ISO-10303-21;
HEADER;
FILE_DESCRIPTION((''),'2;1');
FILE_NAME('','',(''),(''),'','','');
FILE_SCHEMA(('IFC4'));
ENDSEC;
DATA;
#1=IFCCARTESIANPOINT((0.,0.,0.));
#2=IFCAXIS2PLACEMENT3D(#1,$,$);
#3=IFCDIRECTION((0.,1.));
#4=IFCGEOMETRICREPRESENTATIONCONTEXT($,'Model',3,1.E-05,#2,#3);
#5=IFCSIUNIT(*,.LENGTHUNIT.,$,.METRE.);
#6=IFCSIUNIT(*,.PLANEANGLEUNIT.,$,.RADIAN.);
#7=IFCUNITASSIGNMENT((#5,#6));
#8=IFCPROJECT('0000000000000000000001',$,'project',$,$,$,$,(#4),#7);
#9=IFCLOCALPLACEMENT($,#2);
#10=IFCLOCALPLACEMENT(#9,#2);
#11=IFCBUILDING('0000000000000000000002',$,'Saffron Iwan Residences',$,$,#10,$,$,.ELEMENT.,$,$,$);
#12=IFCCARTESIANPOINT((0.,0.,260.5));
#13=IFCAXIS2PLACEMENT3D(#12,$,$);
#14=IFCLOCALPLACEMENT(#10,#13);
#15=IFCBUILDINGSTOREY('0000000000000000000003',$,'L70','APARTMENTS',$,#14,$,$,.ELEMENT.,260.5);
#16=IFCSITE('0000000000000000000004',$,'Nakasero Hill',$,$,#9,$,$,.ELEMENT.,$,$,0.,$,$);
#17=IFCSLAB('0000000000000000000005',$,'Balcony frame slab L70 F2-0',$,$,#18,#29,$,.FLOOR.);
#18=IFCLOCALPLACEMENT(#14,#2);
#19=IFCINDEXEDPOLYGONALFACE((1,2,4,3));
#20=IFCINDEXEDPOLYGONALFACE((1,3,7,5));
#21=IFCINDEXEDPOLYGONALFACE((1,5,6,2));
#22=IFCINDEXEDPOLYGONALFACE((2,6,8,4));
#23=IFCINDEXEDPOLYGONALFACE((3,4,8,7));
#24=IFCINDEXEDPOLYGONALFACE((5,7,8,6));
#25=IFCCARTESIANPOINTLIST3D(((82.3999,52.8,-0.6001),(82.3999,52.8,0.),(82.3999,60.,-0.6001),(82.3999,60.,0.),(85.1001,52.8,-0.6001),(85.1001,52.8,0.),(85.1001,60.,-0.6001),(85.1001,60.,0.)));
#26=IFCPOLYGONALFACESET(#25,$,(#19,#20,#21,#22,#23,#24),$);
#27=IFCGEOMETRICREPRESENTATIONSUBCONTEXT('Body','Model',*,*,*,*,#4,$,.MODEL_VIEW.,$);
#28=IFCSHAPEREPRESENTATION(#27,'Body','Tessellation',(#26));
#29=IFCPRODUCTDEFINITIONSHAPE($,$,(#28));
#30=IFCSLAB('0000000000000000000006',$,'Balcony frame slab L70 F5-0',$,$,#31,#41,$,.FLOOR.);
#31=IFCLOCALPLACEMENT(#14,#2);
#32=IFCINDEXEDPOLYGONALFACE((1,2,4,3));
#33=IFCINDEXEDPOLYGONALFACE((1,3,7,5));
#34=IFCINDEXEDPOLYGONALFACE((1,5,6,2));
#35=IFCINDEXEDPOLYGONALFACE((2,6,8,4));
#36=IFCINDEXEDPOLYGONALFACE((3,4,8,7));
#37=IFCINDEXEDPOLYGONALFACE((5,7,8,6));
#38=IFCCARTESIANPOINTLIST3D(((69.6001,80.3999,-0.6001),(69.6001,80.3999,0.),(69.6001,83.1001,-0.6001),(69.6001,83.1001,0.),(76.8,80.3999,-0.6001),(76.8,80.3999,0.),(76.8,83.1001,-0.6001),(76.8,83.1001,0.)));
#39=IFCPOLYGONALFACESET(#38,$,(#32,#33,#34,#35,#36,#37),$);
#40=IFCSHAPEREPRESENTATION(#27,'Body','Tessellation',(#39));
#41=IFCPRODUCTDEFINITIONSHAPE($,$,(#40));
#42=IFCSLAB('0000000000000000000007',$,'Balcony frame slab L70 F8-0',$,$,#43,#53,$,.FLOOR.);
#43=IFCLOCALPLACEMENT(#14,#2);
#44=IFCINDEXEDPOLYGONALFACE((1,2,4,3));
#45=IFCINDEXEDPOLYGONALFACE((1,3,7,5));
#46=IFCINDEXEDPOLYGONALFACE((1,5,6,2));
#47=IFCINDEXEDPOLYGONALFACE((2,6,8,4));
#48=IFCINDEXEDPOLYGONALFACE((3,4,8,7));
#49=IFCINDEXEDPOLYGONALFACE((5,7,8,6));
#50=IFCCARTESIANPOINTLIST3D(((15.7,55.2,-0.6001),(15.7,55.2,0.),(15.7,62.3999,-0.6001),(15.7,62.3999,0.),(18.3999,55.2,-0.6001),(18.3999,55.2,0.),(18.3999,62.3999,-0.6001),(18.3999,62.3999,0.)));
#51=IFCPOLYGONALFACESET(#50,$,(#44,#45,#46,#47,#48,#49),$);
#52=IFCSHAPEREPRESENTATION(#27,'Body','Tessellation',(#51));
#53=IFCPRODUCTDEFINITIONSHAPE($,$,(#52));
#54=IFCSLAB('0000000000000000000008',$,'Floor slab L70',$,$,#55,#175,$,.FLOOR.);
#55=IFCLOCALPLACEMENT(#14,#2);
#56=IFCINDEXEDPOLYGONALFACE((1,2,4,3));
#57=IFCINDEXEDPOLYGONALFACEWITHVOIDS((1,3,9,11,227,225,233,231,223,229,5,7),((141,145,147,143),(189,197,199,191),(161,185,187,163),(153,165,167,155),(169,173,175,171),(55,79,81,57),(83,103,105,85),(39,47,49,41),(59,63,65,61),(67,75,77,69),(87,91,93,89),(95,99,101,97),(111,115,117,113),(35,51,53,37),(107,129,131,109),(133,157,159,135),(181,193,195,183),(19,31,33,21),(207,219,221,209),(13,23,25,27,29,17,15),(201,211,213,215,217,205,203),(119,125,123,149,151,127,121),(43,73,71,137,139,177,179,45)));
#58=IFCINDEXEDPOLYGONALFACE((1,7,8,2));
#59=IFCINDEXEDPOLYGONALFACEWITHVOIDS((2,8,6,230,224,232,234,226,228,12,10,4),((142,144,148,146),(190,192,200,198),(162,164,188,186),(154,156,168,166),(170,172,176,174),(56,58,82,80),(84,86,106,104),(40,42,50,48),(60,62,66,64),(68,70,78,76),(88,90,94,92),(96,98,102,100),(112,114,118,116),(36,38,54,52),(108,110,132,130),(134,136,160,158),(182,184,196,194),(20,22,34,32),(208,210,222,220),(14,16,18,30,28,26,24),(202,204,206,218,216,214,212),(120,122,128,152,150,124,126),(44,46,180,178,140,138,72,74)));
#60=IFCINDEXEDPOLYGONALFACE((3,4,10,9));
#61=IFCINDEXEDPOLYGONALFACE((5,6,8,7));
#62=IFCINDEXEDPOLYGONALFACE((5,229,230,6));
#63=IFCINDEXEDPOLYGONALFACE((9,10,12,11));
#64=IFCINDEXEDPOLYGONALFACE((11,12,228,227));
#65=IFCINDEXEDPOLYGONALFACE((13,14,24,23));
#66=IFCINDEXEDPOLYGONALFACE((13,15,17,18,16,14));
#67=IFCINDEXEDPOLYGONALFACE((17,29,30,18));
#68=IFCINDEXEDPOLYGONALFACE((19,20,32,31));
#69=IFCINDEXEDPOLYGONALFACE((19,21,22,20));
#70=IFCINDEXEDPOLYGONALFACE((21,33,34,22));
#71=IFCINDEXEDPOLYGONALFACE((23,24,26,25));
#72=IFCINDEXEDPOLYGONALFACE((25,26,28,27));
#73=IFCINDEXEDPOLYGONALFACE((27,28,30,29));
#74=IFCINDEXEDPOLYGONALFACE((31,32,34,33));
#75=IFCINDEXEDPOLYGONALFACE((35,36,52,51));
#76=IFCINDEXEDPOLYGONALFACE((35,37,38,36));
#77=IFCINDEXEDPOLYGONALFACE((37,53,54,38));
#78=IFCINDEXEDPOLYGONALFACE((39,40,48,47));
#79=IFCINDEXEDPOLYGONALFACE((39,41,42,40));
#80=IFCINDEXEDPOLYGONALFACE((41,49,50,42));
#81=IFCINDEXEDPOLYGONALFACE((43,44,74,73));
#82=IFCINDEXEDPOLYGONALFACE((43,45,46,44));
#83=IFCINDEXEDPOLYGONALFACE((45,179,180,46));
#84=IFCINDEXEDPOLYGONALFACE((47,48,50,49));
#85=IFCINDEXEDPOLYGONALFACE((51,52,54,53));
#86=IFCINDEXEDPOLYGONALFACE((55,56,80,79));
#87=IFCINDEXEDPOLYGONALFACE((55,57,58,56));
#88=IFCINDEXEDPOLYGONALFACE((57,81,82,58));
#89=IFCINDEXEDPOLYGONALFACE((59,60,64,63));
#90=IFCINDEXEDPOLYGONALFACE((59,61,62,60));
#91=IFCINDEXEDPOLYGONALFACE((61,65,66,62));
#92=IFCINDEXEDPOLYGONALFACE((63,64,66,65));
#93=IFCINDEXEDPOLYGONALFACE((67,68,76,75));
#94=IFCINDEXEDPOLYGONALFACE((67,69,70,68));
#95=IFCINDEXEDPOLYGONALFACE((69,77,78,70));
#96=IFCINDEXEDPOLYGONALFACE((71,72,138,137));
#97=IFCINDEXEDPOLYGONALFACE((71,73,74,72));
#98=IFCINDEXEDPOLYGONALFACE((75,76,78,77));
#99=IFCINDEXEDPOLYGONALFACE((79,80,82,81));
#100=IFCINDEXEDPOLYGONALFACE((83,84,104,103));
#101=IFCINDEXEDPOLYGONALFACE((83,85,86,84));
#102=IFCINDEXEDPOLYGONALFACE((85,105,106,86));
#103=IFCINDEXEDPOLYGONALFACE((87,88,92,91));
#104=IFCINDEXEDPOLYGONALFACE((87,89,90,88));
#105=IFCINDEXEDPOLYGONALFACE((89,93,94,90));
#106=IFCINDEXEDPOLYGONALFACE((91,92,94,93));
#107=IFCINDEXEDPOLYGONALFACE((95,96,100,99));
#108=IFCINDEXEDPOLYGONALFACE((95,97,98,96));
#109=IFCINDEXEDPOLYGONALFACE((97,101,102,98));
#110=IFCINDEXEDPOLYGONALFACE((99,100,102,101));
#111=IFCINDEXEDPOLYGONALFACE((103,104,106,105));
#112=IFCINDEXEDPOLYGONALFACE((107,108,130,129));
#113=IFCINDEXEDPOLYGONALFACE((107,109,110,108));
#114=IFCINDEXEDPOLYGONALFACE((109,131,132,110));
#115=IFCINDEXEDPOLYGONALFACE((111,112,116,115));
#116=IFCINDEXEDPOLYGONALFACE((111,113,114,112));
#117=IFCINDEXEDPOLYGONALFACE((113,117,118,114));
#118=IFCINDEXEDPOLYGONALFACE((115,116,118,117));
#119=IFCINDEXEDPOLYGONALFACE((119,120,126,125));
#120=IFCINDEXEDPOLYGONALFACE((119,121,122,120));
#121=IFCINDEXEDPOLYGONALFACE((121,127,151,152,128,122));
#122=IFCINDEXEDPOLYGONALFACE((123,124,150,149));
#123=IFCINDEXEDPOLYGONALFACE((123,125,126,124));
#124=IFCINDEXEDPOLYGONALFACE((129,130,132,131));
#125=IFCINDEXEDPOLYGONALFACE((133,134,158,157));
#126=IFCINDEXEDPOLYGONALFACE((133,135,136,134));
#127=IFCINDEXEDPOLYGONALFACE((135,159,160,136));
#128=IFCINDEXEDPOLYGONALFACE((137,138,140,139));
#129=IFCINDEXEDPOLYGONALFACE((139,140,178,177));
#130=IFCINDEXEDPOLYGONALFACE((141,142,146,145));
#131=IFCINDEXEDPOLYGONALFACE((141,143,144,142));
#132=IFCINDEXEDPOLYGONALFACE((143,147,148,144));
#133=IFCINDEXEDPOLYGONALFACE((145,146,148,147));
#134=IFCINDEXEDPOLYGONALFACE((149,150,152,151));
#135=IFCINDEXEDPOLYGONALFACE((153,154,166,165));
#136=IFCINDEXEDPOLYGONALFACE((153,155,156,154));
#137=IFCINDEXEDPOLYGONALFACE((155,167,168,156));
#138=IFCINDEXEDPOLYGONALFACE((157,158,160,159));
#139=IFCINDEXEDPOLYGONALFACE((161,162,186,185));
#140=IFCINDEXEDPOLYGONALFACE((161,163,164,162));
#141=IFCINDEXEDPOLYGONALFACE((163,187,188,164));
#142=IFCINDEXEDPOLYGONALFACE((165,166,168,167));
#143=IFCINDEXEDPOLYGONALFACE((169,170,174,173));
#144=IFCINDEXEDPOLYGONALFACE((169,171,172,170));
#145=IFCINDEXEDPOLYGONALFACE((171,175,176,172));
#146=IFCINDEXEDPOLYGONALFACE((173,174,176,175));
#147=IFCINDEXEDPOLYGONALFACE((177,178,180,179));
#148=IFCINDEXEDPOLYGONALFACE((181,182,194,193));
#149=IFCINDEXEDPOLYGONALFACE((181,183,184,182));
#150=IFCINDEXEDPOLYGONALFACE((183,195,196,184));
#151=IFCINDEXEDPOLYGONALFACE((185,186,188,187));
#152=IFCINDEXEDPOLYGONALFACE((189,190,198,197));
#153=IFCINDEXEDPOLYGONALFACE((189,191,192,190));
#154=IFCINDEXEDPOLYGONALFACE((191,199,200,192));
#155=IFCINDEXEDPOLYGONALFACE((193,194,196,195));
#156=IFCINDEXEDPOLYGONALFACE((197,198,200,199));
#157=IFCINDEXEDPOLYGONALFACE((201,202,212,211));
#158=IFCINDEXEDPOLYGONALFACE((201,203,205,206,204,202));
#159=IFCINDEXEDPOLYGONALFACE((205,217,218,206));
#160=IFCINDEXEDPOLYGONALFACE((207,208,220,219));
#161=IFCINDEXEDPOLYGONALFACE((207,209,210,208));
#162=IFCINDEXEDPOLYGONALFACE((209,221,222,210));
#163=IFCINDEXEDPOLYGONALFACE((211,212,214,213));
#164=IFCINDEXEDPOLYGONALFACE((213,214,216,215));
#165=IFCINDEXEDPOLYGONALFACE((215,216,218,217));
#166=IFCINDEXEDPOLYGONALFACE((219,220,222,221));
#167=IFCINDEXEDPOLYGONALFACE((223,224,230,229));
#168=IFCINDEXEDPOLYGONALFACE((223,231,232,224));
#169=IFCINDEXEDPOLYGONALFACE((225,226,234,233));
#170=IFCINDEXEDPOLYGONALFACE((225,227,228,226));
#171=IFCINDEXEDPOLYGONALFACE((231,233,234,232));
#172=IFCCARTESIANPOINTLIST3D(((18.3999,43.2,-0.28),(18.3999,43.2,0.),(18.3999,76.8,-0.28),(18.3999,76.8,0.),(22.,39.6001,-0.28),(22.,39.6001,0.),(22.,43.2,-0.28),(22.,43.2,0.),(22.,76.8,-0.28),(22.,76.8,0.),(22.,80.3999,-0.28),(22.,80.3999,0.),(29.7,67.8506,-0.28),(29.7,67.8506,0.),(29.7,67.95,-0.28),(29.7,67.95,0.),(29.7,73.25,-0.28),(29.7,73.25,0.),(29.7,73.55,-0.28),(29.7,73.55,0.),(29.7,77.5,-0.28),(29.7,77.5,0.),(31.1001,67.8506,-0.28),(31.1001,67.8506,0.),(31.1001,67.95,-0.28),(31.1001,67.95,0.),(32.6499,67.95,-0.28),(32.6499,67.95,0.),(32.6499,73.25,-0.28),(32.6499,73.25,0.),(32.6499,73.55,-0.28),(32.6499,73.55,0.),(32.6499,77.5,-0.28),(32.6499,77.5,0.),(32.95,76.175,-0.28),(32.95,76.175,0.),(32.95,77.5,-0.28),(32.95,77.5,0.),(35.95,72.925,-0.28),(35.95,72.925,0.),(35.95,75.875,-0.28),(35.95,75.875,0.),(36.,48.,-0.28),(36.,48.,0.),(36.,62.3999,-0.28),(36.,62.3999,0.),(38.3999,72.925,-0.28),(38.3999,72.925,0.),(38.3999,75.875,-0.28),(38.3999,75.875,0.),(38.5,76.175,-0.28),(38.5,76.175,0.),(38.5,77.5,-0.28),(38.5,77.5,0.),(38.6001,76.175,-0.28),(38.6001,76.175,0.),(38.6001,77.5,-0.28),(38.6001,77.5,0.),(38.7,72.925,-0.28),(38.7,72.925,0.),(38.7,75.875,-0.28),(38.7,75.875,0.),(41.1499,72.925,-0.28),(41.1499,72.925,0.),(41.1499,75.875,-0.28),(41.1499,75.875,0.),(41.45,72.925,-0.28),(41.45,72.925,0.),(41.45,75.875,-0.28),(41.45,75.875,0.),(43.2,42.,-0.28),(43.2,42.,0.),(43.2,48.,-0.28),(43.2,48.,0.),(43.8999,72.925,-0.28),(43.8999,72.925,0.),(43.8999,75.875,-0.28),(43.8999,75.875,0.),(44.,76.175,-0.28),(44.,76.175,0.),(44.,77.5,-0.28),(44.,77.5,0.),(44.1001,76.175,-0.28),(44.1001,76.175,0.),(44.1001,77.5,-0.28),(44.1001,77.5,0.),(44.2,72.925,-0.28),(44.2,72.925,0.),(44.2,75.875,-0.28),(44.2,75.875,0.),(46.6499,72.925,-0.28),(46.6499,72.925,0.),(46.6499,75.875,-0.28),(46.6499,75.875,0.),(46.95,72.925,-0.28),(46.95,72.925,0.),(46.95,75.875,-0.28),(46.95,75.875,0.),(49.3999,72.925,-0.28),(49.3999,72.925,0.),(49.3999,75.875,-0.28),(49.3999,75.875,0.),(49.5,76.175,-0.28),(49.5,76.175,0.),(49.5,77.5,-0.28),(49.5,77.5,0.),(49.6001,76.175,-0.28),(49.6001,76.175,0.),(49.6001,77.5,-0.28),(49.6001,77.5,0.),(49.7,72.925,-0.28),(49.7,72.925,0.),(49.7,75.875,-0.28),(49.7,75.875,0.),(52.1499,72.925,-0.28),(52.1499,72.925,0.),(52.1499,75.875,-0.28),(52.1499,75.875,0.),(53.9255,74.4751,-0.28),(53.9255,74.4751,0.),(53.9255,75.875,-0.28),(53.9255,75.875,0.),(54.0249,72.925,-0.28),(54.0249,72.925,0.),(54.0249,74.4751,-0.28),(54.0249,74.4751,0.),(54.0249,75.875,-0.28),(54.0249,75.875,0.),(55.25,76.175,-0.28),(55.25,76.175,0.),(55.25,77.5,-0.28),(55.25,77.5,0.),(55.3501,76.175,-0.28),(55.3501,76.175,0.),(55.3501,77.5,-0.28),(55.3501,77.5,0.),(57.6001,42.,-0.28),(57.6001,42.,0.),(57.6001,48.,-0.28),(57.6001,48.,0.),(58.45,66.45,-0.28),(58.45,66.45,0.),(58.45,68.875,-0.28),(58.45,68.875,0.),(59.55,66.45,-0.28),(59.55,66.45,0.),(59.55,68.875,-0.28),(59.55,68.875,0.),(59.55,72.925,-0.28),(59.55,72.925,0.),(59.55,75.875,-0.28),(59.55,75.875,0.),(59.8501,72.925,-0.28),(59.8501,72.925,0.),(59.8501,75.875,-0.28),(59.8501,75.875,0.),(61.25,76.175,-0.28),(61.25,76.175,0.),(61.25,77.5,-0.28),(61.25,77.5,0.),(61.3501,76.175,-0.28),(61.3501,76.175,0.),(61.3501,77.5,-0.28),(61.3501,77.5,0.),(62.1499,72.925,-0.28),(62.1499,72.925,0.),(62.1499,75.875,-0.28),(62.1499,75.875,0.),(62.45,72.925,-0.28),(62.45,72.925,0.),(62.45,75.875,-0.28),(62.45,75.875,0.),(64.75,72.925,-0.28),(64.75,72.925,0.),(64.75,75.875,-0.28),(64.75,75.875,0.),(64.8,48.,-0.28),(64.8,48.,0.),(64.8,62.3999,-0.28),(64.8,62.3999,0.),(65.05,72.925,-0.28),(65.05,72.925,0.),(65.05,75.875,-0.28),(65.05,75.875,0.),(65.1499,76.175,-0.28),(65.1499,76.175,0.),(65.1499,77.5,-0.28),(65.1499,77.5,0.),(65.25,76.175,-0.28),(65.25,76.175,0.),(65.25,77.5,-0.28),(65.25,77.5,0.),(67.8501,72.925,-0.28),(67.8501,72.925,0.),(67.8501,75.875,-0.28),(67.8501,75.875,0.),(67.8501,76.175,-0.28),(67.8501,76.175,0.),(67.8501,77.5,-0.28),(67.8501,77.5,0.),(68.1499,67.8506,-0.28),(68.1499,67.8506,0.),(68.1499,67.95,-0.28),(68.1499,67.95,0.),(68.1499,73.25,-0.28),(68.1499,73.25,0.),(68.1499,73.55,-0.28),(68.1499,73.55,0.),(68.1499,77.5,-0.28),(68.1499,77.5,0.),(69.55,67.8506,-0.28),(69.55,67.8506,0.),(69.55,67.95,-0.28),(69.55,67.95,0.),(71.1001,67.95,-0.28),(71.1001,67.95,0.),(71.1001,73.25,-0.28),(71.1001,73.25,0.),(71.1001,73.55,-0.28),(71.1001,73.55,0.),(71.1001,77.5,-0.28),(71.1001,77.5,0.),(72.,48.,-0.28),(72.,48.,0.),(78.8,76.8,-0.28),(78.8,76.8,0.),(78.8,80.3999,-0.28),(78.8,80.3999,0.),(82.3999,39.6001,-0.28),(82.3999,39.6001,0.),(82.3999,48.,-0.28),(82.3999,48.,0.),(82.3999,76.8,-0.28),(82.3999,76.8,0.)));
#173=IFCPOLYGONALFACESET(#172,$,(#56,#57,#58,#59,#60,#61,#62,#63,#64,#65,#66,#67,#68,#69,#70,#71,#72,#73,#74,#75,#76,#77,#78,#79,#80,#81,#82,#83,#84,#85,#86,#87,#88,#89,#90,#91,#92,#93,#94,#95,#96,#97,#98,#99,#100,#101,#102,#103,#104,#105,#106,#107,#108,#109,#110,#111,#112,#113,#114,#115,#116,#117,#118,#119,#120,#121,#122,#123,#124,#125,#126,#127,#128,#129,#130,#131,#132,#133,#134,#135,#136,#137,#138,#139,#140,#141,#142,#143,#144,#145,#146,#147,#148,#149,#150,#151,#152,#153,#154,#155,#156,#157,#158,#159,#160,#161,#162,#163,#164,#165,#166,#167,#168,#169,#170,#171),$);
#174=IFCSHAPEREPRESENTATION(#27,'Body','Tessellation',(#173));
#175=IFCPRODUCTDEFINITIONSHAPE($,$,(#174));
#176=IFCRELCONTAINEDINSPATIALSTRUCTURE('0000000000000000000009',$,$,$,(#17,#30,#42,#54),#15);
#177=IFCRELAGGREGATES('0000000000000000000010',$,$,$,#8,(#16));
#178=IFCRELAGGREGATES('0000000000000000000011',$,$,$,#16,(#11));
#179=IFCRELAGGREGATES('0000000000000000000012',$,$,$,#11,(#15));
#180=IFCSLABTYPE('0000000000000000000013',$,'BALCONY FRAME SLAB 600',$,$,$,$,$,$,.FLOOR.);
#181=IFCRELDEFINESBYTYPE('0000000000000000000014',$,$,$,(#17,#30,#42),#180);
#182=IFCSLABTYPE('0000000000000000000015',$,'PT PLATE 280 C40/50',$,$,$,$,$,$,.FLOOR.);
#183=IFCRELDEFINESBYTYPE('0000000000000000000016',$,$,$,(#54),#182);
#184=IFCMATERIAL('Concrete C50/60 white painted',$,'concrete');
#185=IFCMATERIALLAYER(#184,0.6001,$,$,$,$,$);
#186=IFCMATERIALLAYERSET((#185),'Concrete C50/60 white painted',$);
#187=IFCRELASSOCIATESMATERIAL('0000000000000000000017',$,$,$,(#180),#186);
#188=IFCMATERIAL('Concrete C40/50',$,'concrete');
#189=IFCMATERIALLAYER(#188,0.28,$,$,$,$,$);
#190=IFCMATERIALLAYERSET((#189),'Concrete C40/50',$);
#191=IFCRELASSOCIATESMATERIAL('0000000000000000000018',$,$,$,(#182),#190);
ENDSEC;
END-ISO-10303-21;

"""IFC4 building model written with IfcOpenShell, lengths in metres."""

from ifc_helpers import new_model, si_unit, direction, frame, origin, place, context, subcontext, project, spatial, polyline, outline, extrude, material, layer, layer_set, type_object, element, save


model = new_model("IFC4")

# Units and contexts
model_context = context("Model", 3, precision=1e-05, world=origin(), true_north=direction((0.0, 1.0)))
body_context = subcontext(model_context, "Body", "Model", "MODEL_VIEW")
ifc_project = project(units=[si_unit("LENGTHUNIT", "METRE"), si_unit("PLANEANGLEUNIT", "RADIAN")], contexts=[model_context])

# Site, building, storey
site_placement = place(None, origin())
site = spatial("IfcSite", under=ifc_project, at=site_placement, Name="Nakasero Hill", CompositionType="ELEMENT", RefElevation=0.0)
building_placement = place(site_placement, origin())
building = spatial("IfcBuilding", under=site, at=building_placement, Name="Saffron Iwan Residences", CompositionType="ELEMENT")
storey_placement = place(building_placement, frame((0.0, 0.0, 260.5)))
storey = spatial("IfcBuildingStorey", under=building, at=storey_placement, Name="L70", Description="APARTMENTS", CompositionType="ELEMENT", Elevation=260.5)

# Slabs
ifc_material_1 = material(Name="Concrete C50/60 white painted", Category="concrete")
ifc_layer_1 = layer(ifc_material_1, 0.6001)
ifc_layer_set_1 = layer_set([ifc_layer_1], Name="Concrete C50/60 white painted")
slab_type_1 = type_object("IfcSlabType", Name="BALCONY FRAME SLAB 600", PredefinedType="FLOOR", material=ifc_layer_set_1)
slab_1_placement = place(storey_placement, frame((0.0, 0.0, -0.6001)))
element("IfcSlab", 1, at=slab_1_placement, inside=storey, type_object=slab_type_1, Name="Balcony frame slab L70 F2-0", PredefinedType="FLOOR", context=body_context, shape_type="SweptSolid", body=[
    extrude(outline(polyline([(85.1001, 52.8), (85.1001, 60.0), (82.3999, 60.0), (82.3999, 52.8), (85.1001, 52.8)])), origin(), (0.0, 0.0, 1.0), 0.6001),
])
slab_2_placement = place(storey_placement, frame((0.0, 0.0, -0.6001)))
element("IfcSlab", 2, at=slab_2_placement, inside=storey, type_object=slab_type_1, Name="Balcony frame slab L70 F5-0", PredefinedType="FLOOR", context=body_context, shape_type="SweptSolid", body=[
    extrude(outline(polyline([(76.8, 83.1001), (69.6001, 83.1001), (69.6001, 80.3999), (76.8, 80.3999), (76.8, 83.1001)])), origin(), (0.0, 0.0, 1.0), 0.6001),
])
slab_3_placement = place(storey_placement, frame((0.0, 0.0, -0.6001)))
element("IfcSlab", 3, at=slab_3_placement, inside=storey, type_object=slab_type_1, Name="Balcony frame slab L70 F8-0", PredefinedType="FLOOR", context=body_context, shape_type="SweptSolid", body=[
    extrude(outline(polyline([(15.7, 62.3999), (15.7, 55.2), (18.3999, 55.2), (18.3999, 62.3999), (15.7, 62.3999)])), origin(), (0.0, 0.0, 1.0), 0.6001),
])
ifc_material_2 = material(Name="Concrete C40/50", Category="concrete")
ifc_layer_2 = layer(ifc_material_2, 0.28)
ifc_layer_set_2 = layer_set([ifc_layer_2], Name="Concrete C40/50")
slab_type_2 = type_object("IfcSlabType", Name="PT PLATE 280 C40/50", PredefinedType="FLOOR", material=ifc_layer_set_2)
slab_4_placement = place(storey_placement, frame((0.0, 0.0, -0.28)))
element("IfcSlab", 4, at=slab_4_placement, inside=storey, type_object=slab_type_2, Name="Floor slab L70", PredefinedType="FLOOR", context=body_context, shape_type="SweptSolid", body=[
    extrude(outline(polyline([(18.3999, 43.2), (18.3999, 76.8), (22.0, 76.8), (22.0, 80.3999), (78.8, 80.3999), (78.8, 76.8), (82.3999, 76.8), (82.3999, 48.0), (72.0, 48.0), (82.3999, 39.6001), (22.0, 39.6001), (22.0, 43.2), (18.3999, 43.2)]), holes=[polyline([(64.8, 48.0), (64.8, 62.3999), (36.0, 62.3999), (36.0, 48.0), (43.2, 48.0), (43.2, 42.0), (57.6001, 42.0), (57.6001, 48.0), (64.8, 48.0)]), polyline([(29.7, 73.25), (29.7, 67.95), (29.7, 67.8506), (31.1001, 67.8506), (31.1001, 67.95), (32.6499, 67.95), (32.6499, 73.25), (29.7, 73.25)]), polyline([(38.3999, 75.875), (35.95, 75.875), (35.95, 72.925), (38.3999, 72.925), (38.3999, 75.875)]), polyline([(41.1499, 75.875), (38.7, 75.875), (38.7, 72.925), (41.1499, 72.925), (41.1499, 75.875)]), polyline([(43.8999, 72.925), (43.8999, 75.875), (41.45, 75.875), (41.45, 72.925), (43.8999, 72.925)]), polyline([(46.6499, 72.925), (46.6499, 75.875), (44.2, 75.875), (44.2, 72.925), (46.6499, 72.925)]), polyline([(49.3999, 75.875), (46.95, 75.875), (46.95, 72.925), (49.3999, 72.925), (49.3999, 75.875)]), polyline([(52.1499, 72.925), (52.1499, 75.875), (49.7, 75.875), (49.7, 72.925), (52.1499, 72.925)]), polyline([(32.6499, 73.55), (32.6499, 77.5), (29.7, 77.5), (29.7, 73.55), (32.6499, 73.55)]), polyline([(38.5, 77.5), (32.95, 77.5), (32.95, 76.175), (38.5, 76.175), (38.5, 77.5)]), polyline([(44.0, 76.175), (44.0, 77.5), (38.6001, 77.5), (38.6001, 76.175), (44.0, 76.175)]), polyline([(49.5, 76.175), (49.5, 77.5), (44.1001, 77.5), (44.1001, 76.175), (49.5, 76.175)]), polyline([(59.55, 68.875), (58.45, 68.875), (58.45, 66.45), (59.55, 66.45), (59.55, 68.875)]), polyline([(68.1499, 73.25), (68.1499, 67.95), (68.1499, 67.8506), (69.55, 67.8506), (69.55, 67.95), (71.1001, 67.95), (71.1001, 73.25), (68.1499, 73.25)]), polyline([(54.0249, 74.4751), (54.0249, 72.925), (59.55, 72.925), (59.55, 75.875), (54.0249, 75.875), (53.9255, 75.875), (53.9255, 74.4751), (54.0249, 74.4751)]), polyline([(62.1499, 72.925), (62.1499, 75.875), (59.8501, 75.875), (59.8501, 72.925), (62.1499, 72.925)]), polyline([(64.75, 72.925), (64.75, 75.875), (62.45, 75.875), (62.45, 72.925), (64.75, 72.925)]), polyline([(67.8501, 75.875), (65.05, 75.875), (65.05, 72.925), (67.8501, 72.925), (67.8501, 75.875)]), polyline([(71.1001, 73.55), (71.1001, 77.5), (68.1499, 77.5), (68.1499, 73.55), (71.1001, 73.55)]), polyline([(55.25, 76.175), (55.25, 77.5), (49.6001, 77.5), (49.6001, 76.175), (55.25, 76.175)]), polyline([(61.25, 77.5), (55.3501, 77.5), (55.3501, 76.175), (61.25, 76.175), (61.25, 77.5)]), polyline([(65.1499, 76.175), (65.1499, 77.5), (61.3501, 77.5), (61.3501, 76.175), (65.1499, 76.175)]), polyline([(67.8501, 76.175), (67.8501, 77.5), (65.25, 77.5), (65.25, 76.175), (67.8501, 76.175)])]), origin(), (0.0, 0.0, 1.0), 0.28),
])

save(model, "model.ifc")
